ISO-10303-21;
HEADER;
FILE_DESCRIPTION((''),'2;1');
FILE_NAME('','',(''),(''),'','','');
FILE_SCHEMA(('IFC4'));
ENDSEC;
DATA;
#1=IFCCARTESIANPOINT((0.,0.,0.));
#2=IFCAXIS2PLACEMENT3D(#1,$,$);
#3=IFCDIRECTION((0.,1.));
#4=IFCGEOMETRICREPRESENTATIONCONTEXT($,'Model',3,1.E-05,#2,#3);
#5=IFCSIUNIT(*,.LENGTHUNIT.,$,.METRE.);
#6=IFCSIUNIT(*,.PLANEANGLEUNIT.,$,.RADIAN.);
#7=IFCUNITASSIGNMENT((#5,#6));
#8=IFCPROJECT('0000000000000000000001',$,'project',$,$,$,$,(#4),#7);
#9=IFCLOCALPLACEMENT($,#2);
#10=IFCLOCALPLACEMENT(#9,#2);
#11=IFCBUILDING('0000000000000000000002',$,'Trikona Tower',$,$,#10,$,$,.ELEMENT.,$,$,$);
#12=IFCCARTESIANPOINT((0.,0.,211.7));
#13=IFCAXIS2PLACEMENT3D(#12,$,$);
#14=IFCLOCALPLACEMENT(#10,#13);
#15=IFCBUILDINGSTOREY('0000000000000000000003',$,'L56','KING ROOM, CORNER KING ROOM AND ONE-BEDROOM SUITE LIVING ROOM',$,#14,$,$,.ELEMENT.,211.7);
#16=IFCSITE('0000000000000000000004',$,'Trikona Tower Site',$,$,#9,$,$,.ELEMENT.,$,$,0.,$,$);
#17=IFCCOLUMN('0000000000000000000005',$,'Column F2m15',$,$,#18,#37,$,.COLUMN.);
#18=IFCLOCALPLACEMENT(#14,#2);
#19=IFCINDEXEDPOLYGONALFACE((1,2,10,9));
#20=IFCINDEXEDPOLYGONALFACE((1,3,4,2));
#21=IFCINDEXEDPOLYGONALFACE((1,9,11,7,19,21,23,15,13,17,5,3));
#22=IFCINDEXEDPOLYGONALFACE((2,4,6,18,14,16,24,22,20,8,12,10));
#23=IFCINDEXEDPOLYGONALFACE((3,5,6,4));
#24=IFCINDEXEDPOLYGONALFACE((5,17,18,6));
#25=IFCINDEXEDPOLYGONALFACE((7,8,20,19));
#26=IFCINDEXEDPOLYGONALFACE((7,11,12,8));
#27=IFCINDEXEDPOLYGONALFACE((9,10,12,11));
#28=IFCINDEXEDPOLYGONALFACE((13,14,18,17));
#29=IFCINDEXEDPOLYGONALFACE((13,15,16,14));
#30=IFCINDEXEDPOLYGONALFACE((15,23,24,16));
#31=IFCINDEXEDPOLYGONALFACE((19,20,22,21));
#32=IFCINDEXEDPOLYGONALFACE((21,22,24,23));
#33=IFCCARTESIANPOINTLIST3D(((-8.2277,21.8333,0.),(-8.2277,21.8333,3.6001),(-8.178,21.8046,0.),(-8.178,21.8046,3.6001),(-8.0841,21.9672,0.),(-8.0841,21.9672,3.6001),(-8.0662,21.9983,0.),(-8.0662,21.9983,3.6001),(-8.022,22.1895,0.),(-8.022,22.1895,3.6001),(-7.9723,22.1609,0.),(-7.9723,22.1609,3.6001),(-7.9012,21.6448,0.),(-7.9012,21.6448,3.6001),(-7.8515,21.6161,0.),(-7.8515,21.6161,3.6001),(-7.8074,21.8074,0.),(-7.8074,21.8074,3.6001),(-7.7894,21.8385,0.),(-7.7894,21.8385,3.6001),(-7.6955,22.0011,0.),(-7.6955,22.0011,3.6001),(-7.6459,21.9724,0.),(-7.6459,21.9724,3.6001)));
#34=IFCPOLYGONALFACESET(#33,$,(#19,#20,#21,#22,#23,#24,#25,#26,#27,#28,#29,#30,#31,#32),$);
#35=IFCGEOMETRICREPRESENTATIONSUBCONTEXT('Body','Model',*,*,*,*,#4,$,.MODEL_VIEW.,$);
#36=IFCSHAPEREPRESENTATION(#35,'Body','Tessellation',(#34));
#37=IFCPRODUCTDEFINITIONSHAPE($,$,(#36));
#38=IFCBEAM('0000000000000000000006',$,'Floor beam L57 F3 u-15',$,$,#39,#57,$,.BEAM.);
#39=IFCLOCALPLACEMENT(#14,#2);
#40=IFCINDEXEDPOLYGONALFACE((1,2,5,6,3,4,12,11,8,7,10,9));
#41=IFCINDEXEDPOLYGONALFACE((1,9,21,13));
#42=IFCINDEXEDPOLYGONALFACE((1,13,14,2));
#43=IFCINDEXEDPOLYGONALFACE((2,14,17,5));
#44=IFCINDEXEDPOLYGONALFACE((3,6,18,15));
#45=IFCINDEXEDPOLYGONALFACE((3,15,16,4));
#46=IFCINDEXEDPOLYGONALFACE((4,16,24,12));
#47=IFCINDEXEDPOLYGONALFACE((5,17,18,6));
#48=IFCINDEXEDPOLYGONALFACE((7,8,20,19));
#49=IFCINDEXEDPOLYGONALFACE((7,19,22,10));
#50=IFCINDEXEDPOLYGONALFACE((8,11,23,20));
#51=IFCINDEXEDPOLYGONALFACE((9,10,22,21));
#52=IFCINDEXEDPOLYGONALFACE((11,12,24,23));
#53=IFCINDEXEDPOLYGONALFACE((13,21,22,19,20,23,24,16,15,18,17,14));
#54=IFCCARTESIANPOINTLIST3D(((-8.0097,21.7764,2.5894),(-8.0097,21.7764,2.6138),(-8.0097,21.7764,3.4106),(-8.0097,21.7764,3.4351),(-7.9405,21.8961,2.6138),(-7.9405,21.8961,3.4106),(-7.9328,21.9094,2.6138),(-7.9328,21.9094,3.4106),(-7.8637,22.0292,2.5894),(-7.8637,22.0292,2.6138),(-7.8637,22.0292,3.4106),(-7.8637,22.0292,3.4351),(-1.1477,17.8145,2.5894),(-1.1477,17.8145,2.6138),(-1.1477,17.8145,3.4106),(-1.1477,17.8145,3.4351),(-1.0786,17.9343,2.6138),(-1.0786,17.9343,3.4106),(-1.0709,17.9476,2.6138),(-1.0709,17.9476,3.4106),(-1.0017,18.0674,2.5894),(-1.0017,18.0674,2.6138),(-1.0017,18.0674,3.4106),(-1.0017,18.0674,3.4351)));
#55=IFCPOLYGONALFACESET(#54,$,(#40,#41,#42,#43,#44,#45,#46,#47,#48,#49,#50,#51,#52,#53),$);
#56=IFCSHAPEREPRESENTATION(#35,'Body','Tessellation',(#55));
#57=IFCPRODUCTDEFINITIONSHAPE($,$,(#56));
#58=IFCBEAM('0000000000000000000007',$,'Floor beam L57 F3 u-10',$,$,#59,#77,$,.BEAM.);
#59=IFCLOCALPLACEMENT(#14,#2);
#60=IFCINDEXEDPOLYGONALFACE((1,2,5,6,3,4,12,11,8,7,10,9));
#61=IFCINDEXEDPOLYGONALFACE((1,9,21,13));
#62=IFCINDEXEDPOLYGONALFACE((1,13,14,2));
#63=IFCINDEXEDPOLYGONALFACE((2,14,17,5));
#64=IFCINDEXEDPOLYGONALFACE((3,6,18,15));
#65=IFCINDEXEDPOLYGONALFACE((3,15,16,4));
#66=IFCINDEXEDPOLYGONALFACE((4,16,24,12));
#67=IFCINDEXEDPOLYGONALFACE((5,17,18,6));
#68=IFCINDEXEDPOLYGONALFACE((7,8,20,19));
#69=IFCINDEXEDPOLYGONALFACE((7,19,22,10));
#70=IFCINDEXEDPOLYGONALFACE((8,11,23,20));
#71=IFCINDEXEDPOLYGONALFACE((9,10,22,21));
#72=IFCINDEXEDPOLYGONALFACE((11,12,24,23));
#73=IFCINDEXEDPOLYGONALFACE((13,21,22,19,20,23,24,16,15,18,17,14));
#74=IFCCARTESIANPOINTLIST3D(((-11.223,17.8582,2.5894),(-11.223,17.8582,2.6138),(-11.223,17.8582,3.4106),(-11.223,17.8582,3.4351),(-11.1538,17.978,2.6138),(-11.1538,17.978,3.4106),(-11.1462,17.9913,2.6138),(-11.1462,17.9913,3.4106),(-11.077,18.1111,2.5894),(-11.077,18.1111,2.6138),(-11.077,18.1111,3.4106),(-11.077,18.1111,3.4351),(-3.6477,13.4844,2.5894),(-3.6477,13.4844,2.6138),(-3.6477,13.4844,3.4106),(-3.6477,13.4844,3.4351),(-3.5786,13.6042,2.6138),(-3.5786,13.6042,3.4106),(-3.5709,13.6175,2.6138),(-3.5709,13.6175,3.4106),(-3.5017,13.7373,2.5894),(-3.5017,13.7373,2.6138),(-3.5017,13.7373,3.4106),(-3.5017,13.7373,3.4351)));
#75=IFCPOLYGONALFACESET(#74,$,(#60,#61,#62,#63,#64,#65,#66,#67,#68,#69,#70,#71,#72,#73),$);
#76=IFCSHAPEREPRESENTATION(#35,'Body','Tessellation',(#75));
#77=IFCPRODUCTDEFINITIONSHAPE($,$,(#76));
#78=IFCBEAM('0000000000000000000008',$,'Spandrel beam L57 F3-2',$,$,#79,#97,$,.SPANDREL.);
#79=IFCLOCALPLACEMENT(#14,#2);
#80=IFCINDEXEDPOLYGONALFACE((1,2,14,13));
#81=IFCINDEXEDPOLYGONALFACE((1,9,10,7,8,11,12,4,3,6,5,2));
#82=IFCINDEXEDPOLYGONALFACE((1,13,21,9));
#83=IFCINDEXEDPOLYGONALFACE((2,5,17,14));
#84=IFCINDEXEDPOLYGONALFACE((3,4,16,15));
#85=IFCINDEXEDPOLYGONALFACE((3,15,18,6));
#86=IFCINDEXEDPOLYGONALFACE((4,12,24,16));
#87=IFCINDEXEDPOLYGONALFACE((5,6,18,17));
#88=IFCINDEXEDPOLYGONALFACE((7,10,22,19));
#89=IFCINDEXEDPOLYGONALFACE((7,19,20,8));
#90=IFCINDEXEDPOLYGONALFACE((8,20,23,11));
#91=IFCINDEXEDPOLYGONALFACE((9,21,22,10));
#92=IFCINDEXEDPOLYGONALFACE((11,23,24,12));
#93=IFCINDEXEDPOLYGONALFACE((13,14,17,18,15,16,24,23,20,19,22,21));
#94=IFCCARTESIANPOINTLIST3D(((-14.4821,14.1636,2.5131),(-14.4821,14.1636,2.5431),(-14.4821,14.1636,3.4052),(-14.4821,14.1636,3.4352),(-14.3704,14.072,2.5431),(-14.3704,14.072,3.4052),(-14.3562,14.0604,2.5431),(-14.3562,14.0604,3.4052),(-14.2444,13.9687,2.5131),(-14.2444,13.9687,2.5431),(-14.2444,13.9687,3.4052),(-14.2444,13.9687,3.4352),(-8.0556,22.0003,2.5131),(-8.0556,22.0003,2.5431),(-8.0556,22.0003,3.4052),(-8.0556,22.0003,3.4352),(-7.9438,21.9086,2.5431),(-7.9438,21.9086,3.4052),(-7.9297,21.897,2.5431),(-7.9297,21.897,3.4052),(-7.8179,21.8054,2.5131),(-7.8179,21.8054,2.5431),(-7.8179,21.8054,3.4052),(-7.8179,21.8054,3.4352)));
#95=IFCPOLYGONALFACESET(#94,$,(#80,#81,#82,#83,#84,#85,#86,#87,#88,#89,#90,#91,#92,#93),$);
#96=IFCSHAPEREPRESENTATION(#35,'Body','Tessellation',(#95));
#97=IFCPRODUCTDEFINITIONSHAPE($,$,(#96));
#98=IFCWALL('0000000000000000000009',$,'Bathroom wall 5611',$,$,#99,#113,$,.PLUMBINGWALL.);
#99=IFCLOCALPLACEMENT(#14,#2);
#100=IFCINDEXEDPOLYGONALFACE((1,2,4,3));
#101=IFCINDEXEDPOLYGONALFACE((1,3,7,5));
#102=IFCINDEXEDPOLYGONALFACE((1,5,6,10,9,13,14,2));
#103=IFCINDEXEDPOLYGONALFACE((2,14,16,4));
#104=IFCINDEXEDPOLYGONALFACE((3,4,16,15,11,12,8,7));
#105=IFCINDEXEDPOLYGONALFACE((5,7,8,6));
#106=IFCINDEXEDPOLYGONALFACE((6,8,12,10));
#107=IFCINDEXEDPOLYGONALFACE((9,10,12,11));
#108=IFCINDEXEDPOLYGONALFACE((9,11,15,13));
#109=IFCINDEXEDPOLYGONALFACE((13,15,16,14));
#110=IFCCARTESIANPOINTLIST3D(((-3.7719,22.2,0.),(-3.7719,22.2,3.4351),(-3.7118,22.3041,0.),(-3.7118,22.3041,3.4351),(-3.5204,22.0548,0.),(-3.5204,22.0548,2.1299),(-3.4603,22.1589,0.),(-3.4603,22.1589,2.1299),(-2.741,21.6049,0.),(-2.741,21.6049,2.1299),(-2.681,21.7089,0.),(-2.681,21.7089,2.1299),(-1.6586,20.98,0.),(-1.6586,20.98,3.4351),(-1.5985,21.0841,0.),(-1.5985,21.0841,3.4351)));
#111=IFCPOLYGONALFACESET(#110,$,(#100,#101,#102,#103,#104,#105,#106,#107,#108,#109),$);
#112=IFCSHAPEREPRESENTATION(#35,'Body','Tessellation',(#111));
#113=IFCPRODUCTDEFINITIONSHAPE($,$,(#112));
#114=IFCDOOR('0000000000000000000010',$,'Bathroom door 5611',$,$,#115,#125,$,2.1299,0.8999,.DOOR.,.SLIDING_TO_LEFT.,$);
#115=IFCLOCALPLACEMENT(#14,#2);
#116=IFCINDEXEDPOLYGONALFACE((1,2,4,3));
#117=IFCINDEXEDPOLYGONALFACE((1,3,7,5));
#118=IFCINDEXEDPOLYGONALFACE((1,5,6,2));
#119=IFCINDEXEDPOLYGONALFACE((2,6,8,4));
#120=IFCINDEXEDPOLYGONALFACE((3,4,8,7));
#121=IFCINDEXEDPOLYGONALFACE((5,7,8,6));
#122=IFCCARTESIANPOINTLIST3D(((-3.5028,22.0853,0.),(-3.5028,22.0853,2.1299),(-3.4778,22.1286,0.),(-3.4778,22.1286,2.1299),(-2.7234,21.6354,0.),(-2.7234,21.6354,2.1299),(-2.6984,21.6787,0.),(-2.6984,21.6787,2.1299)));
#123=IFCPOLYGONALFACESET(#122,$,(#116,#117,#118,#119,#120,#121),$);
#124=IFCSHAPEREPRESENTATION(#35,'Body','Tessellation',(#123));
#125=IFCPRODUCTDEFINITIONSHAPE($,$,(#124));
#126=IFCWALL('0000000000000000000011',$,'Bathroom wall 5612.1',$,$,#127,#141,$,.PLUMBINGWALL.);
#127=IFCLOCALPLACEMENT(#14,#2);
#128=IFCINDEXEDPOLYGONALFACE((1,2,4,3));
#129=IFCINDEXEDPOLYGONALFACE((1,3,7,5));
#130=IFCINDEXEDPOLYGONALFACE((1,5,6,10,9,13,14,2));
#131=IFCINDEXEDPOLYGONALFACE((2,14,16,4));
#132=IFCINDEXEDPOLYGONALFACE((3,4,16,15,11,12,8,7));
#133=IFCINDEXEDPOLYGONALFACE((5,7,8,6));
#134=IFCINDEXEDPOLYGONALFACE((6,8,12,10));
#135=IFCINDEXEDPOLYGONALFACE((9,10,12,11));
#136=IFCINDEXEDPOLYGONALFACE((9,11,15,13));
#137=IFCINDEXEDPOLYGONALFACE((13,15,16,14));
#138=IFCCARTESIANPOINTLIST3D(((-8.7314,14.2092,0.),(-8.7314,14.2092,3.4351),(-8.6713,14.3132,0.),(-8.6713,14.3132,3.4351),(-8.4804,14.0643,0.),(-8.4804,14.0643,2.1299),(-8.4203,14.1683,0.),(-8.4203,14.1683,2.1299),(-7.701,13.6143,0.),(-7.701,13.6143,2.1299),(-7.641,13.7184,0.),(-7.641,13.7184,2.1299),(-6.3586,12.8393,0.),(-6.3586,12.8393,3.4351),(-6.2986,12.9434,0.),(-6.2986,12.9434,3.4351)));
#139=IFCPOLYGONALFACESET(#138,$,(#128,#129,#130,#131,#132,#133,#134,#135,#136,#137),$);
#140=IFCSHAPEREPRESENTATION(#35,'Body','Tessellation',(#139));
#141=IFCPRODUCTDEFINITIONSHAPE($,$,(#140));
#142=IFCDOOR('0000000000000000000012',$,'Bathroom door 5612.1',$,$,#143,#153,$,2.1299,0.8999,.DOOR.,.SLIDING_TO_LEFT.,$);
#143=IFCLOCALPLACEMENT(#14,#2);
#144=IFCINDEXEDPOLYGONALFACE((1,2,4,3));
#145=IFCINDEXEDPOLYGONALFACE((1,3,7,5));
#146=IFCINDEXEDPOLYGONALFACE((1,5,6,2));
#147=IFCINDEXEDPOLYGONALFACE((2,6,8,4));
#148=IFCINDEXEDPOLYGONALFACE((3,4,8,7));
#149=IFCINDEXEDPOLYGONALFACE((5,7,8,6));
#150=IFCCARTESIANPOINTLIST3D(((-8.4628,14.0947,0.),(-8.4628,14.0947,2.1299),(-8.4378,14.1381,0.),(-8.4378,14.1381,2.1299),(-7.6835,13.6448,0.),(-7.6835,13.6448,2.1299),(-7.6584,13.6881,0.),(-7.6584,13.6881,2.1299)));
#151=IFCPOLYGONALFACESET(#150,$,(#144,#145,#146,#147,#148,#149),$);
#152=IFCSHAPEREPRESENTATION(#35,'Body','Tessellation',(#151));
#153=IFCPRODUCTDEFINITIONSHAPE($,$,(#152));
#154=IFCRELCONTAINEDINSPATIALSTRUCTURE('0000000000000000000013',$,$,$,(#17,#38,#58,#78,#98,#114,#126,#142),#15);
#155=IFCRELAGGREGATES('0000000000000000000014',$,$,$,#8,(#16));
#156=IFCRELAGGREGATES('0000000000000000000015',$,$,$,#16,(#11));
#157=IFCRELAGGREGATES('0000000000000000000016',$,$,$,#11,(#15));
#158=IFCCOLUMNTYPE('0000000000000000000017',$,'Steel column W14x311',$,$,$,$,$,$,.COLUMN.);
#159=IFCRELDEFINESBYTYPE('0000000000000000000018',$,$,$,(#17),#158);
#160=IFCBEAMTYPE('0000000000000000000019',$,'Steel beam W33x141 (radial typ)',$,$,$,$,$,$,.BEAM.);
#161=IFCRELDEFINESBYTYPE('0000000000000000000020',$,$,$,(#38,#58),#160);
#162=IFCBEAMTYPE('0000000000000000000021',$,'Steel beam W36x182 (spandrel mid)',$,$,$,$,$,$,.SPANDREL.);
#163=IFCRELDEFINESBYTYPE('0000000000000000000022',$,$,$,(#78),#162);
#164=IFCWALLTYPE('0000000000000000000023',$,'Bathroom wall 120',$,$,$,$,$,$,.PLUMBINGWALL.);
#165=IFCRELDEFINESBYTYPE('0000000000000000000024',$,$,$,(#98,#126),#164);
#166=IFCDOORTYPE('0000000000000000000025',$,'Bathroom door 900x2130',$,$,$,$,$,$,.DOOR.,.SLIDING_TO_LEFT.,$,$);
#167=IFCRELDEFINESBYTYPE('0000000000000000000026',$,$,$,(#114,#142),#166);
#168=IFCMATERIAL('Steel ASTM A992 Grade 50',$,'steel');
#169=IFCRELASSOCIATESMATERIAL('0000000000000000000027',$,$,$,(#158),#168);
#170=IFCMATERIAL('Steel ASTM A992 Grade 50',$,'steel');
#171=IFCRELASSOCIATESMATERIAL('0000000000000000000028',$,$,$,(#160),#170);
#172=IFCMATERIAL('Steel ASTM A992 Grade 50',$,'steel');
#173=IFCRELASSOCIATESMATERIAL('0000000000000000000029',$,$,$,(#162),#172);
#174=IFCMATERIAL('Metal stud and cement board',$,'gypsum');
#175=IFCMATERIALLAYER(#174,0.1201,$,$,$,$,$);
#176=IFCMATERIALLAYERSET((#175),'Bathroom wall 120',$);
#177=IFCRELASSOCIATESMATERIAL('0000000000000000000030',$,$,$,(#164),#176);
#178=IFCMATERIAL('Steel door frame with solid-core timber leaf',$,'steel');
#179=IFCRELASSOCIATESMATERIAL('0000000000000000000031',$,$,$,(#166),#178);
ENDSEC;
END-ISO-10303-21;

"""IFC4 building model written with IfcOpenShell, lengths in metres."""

from ifc_helpers import new_model, si_unit, direction, frame, frame_2d, origin, origin_2d, place, context, subcontext, project, spatial, rectangle, i_section, extrude, material, layer, layer_set, material_profile, profile_set, type_object, element, fill, save


model = new_model("IFC4")

# Units and contexts
model_context = context("Model", 3, precision=1e-05, world=origin(), true_north=direction((0.0, 1.0)))
body_context = subcontext(model_context, "Body", "Model", "MODEL_VIEW")
ifc_project = project(units=[si_unit("LENGTHUNIT", "METRE"), si_unit("PLANEANGLEUNIT", "RADIAN")], contexts=[model_context])

# Site, building, storey
site_placement = place(None, origin())
site = spatial("IfcSite", under=ifc_project, at=site_placement, Name="Trikona Tower Site", CompositionType="ELEMENT", RefElevation=0.0)
building_placement = place(site_placement, origin())
building = spatial("IfcBuilding", under=site, at=building_placement, Name="Trikona Tower", CompositionType="ELEMENT")
storey_placement = place(building_placement, frame((0.0, 0.0, 211.7)))
storey = spatial("IfcBuildingStorey", under=building, at=storey_placement, Name="L56", Description="KING ROOM, CORNER KING ROOM AND ONE-BEDROOM SUITE LIVING ROOM", CompositionType="ELEMENT", Elevation=211.7)

# Column
ifc_material_1 = material(Name="Steel ASTM A992 Grade 50", Category="steel")
ifc_material_profile_1 = material_profile(ifc_material_1, i_section(OverallWidth=0.4114, OverallDepth=0.4343, WebThickness=0.0359, FlangeThickness=0.0574, at=origin_2d()), Name="W14X311")
ifc_profile_set_1 = profile_set([ifc_material_profile_1], Name="Steel ASTM A992 Grade 50")
column_type = type_object("IfcColumnType", Name="Steel column W14x311", PredefinedType="COLUMN", material=ifc_profile_set_1)
column_placement = place(storey_placement, frame((-7.9368, 21.9028, 0.0), z_axis=(0.0, 0.0, 1.0), x_axis=(-0.5, -0.866025, 0.0)))
element("IfcColumn", 1, at=column_placement, inside=storey, type_object=column_type, Name="Column F2m15", PredefinedType="COLUMN", context=body_context, shape_type="SweptSolid", body=[
    extrude(i_section(OverallWidth=0.4114, OverallDepth=0.4343, WebThickness=0.0359, FlangeThickness=0.0574, at=origin_2d()), origin(), (0.0, 0.0, 1.0), 3.6001),
])

# Beams
ifc_material_2 = material(Name="Steel ASTM A992 Grade 50", Category="steel")
ifc_material_profile_2 = material_profile(ifc_material_2, i_section(OverallWidth=0.292, OverallDepth=0.8457, WebThickness=0.0154, FlangeThickness=0.0244, at=origin_2d()), Name="W33X141")
ifc_profile_set_2 = profile_set([ifc_material_profile_2], Name="Steel ASTM A992 Grade 50")
beam_type_1 = type_object("IfcBeamType", Name="Steel beam W33x141 (radial typ)", PredefinedType="BEAM", material=ifc_profile_set_2)
beam_1_placement = place(storey_placement, frame((-1.0747, 17.9409, 3.0122), z_axis=(-0.86602, 0.50001, 0.0), x_axis=(-0.50001, -0.86602, 0.0)))
element("IfcBeam", 2, at=beam_1_placement, inside=storey, type_object=beam_type_1, Name="Floor beam L57 F3 u-15", PredefinedType="BEAM", context=body_context, shape_type="SweptSolid", body=[
    extrude(i_section(OverallWidth=0.292, OverallDepth=0.8457, WebThickness=0.0154, FlangeThickness=0.0244, at=origin_2d()), origin(), (0.0, 0.0, 1.0), 7.9236),
])
beam_2_placement = place(storey_placement, frame((-3.5747, 13.6108, 3.0122), z_axis=(-0.866014, 0.50002, 0.0), x_axis=(-0.50002, -0.866014, 0.0)))
element("IfcBeam", 3, at=beam_2_placement, inside=storey, type_object=beam_type_1, Name="Floor beam L57 F3 u-10", PredefinedType="BEAM", context=body_context, shape_type="SweptSolid", body=[
    extrude(i_section(OverallWidth=0.292, OverallDepth=0.8457, WebThickness=0.0154, FlangeThickness=0.0244, at=origin_2d()), origin(), (0.0, 0.0, 1.0), 8.7473),
])
ifc_material_3 = material(Name="Steel ASTM A992 Grade 50", Category="steel")
ifc_material_profile_3 = material_profile(ifc_material_3, i_section(OverallWidth=0.3074, OverallDepth=0.9221, WebThickness=0.0183, FlangeThickness=0.03, at=origin_2d()), Name="W36X182")
ifc_profile_set_3 = profile_set([ifc_material_profile_3], Name="Steel ASTM A992 Grade 50")
beam_type_2 = type_object("IfcBeamType", Name="Steel beam W36x182 (spandrel mid)", PredefinedType="SPANDREL", material=ifc_profile_set_3)
beam_3_placement = place(storey_placement, frame((-7.9368, 21.9028, 2.9741), z_axis=(-0.634106, -0.773246, 0.0), x_axis=(0.773246, -0.634106, 0.0)))
element("IfcBeam", 4, at=beam_3_placement, inside=storey, type_object=beam_type_2, Name="Spandrel beam L57 F3-2", PredefinedType="SPANDREL", context=body_context, shape_type="SweptSolid", body=[
    extrude(i_section(OverallWidth=0.3074, OverallDepth=0.9221, WebThickness=0.0183, FlangeThickness=0.03, at=origin_2d()), origin(), (0.0, 0.0, 1.0), 10.1348),
])

# Walls, openings, doors
ifc_material_4 = material(Name="Metal stud and cement board", Category="gypsum")
ifc_layer_1 = layer(ifc_material_4, 0.1201)
ifc_layer_set_1 = layer_set([ifc_layer_1], Name="Bathroom wall 120")
wall_type_1 = type_object("IfcWallType", Name="Bathroom wall 120", PredefinedType="PLUMBINGWALL", material=ifc_layer_set_1)
wall_1_placement = place(storey_placement, frame((-1.6284, 21.032, 0.0), z_axis=(0.0, 0.0, 1.0), x_axis=(-0.866049, 0.499959, 0.0)))
wall_1 = element("IfcWall", 5, at=wall_1_placement, inside=storey, type_object=wall_type_1, Name="Bathroom wall 5611", PredefinedType="PLUMBINGWALL", context=body_context, shape_type="SweptSolid", body=[
    extrude(rectangle(XDim=2.4402, YDim=0.1201, at=frame_2d((1.2202, 0.0))), origin(), (0.0, 0.0, 1.0), 3.4351),
])
opening_1_placement = place(wall_1_placement, frame((1.25, 0.0, 0.0)))
opening_1 = element("IfcOpeningElement", 6, at=opening_1_placement, cuts=wall_1, PredefinedType="OPENING", context=body_context, shape_type="SweptSolid", body=[
    extrude(rectangle(XDim=0.8999, YDim=2.1299, at=frame_2d((0.45, 1.0649))), frame((0.0, 0.0701, 0.0), z_axis=(0.0, -1.0, 0.0), x_axis=(1.0, 0.0, 0.0)), (0.0, 0.0, 1.0), 0.1401),
])
ifc_material_5 = material(Name="Steel door frame with solid-core timber leaf", Category="steel")
door_type_1 = type_object("IfcDoorType", Name="Bathroom door 900x2130", OperationType="SLIDING_TO_LEFT", PredefinedType="DOOR", material=ifc_material_5)
door_1_placement = place(opening_1_placement, origin())
door_1 = element("IfcDoor", 7, at=door_1_placement, inside=storey, type_object=door_type_1, Name="Bathroom door 5611", OperationType="SLIDING_TO_LEFT", OverallHeight=2.1299, OverallWidth=0.8999, PredefinedType="DOOR", context=body_context, shape_type="SweptSolid", body=[
    extrude(rectangle(XDim=0.8999, YDim=2.1299, at=frame_2d((0.45, 1.0649))), frame((0.0, 0.0249, 0.0), z_axis=(0.0, -1.0, 0.0), x_axis=(1.0, 0.0, 0.0)), (0.0, 0.0, 1.0), 0.05),
])
fill(opening_1, door_1)
wall_2_placement = place(storey_placement, frame((-6.3286, 12.8914, 0.0), z_axis=(0.0, 0.0, 1.0), x_axis=(-0.866036, 0.499982, 0.0)))
wall_2 = element("IfcWall", 8, at=wall_2_placement, inside=storey, type_object=wall_type_1, Name="Bathroom wall 5612.1", PredefinedType="PLUMBINGWALL", context=body_context, shape_type="SweptSolid", body=[
    extrude(rectangle(XDim=2.7397, YDim=0.1201, at=frame_2d((1.3699, 0.0))), origin(), (0.0, 0.0, 1.0), 3.4351),
])
opening_2_placement = place(wall_2_placement, frame((1.55, 0.0, 0.0)))
opening_2 = element("IfcOpeningElement", 9, at=opening_2_placement, cuts=wall_2, PredefinedType="OPENING", context=body_context, shape_type="SweptSolid", body=[
    extrude(rectangle(XDim=0.8999, YDim=2.1299, at=frame_2d((0.45, 1.0649))), frame((0.0, 0.0701, 0.0), z_axis=(0.0, -1.0, 0.0), x_axis=(1.0, 0.0, 0.0)), (0.0, 0.0, 1.0), 0.1401),
])
door_2_placement = place(opening_2_placement, origin())
door_2 = element("IfcDoor", 10, at=door_2_placement, inside=storey, type_object=door_type_1, Name="Bathroom door 5612.1", OperationType="SLIDING_TO_LEFT", OverallHeight=2.1299, OverallWidth=0.8999, PredefinedType="DOOR", context=body_context, shape_type="SweptSolid", body=[
    extrude(rectangle(XDim=0.8999, YDim=2.1299, at=frame_2d((0.45, 1.0649))), frame((0.0, 0.0249, 0.0), z_axis=(0.0, -1.0, 0.0), x_axis=(1.0, 0.0, 0.0)), (0.0, 0.0, 1.0), 0.05),
])
fill(opening_2, door_2)

save(model, "model.ifc")
